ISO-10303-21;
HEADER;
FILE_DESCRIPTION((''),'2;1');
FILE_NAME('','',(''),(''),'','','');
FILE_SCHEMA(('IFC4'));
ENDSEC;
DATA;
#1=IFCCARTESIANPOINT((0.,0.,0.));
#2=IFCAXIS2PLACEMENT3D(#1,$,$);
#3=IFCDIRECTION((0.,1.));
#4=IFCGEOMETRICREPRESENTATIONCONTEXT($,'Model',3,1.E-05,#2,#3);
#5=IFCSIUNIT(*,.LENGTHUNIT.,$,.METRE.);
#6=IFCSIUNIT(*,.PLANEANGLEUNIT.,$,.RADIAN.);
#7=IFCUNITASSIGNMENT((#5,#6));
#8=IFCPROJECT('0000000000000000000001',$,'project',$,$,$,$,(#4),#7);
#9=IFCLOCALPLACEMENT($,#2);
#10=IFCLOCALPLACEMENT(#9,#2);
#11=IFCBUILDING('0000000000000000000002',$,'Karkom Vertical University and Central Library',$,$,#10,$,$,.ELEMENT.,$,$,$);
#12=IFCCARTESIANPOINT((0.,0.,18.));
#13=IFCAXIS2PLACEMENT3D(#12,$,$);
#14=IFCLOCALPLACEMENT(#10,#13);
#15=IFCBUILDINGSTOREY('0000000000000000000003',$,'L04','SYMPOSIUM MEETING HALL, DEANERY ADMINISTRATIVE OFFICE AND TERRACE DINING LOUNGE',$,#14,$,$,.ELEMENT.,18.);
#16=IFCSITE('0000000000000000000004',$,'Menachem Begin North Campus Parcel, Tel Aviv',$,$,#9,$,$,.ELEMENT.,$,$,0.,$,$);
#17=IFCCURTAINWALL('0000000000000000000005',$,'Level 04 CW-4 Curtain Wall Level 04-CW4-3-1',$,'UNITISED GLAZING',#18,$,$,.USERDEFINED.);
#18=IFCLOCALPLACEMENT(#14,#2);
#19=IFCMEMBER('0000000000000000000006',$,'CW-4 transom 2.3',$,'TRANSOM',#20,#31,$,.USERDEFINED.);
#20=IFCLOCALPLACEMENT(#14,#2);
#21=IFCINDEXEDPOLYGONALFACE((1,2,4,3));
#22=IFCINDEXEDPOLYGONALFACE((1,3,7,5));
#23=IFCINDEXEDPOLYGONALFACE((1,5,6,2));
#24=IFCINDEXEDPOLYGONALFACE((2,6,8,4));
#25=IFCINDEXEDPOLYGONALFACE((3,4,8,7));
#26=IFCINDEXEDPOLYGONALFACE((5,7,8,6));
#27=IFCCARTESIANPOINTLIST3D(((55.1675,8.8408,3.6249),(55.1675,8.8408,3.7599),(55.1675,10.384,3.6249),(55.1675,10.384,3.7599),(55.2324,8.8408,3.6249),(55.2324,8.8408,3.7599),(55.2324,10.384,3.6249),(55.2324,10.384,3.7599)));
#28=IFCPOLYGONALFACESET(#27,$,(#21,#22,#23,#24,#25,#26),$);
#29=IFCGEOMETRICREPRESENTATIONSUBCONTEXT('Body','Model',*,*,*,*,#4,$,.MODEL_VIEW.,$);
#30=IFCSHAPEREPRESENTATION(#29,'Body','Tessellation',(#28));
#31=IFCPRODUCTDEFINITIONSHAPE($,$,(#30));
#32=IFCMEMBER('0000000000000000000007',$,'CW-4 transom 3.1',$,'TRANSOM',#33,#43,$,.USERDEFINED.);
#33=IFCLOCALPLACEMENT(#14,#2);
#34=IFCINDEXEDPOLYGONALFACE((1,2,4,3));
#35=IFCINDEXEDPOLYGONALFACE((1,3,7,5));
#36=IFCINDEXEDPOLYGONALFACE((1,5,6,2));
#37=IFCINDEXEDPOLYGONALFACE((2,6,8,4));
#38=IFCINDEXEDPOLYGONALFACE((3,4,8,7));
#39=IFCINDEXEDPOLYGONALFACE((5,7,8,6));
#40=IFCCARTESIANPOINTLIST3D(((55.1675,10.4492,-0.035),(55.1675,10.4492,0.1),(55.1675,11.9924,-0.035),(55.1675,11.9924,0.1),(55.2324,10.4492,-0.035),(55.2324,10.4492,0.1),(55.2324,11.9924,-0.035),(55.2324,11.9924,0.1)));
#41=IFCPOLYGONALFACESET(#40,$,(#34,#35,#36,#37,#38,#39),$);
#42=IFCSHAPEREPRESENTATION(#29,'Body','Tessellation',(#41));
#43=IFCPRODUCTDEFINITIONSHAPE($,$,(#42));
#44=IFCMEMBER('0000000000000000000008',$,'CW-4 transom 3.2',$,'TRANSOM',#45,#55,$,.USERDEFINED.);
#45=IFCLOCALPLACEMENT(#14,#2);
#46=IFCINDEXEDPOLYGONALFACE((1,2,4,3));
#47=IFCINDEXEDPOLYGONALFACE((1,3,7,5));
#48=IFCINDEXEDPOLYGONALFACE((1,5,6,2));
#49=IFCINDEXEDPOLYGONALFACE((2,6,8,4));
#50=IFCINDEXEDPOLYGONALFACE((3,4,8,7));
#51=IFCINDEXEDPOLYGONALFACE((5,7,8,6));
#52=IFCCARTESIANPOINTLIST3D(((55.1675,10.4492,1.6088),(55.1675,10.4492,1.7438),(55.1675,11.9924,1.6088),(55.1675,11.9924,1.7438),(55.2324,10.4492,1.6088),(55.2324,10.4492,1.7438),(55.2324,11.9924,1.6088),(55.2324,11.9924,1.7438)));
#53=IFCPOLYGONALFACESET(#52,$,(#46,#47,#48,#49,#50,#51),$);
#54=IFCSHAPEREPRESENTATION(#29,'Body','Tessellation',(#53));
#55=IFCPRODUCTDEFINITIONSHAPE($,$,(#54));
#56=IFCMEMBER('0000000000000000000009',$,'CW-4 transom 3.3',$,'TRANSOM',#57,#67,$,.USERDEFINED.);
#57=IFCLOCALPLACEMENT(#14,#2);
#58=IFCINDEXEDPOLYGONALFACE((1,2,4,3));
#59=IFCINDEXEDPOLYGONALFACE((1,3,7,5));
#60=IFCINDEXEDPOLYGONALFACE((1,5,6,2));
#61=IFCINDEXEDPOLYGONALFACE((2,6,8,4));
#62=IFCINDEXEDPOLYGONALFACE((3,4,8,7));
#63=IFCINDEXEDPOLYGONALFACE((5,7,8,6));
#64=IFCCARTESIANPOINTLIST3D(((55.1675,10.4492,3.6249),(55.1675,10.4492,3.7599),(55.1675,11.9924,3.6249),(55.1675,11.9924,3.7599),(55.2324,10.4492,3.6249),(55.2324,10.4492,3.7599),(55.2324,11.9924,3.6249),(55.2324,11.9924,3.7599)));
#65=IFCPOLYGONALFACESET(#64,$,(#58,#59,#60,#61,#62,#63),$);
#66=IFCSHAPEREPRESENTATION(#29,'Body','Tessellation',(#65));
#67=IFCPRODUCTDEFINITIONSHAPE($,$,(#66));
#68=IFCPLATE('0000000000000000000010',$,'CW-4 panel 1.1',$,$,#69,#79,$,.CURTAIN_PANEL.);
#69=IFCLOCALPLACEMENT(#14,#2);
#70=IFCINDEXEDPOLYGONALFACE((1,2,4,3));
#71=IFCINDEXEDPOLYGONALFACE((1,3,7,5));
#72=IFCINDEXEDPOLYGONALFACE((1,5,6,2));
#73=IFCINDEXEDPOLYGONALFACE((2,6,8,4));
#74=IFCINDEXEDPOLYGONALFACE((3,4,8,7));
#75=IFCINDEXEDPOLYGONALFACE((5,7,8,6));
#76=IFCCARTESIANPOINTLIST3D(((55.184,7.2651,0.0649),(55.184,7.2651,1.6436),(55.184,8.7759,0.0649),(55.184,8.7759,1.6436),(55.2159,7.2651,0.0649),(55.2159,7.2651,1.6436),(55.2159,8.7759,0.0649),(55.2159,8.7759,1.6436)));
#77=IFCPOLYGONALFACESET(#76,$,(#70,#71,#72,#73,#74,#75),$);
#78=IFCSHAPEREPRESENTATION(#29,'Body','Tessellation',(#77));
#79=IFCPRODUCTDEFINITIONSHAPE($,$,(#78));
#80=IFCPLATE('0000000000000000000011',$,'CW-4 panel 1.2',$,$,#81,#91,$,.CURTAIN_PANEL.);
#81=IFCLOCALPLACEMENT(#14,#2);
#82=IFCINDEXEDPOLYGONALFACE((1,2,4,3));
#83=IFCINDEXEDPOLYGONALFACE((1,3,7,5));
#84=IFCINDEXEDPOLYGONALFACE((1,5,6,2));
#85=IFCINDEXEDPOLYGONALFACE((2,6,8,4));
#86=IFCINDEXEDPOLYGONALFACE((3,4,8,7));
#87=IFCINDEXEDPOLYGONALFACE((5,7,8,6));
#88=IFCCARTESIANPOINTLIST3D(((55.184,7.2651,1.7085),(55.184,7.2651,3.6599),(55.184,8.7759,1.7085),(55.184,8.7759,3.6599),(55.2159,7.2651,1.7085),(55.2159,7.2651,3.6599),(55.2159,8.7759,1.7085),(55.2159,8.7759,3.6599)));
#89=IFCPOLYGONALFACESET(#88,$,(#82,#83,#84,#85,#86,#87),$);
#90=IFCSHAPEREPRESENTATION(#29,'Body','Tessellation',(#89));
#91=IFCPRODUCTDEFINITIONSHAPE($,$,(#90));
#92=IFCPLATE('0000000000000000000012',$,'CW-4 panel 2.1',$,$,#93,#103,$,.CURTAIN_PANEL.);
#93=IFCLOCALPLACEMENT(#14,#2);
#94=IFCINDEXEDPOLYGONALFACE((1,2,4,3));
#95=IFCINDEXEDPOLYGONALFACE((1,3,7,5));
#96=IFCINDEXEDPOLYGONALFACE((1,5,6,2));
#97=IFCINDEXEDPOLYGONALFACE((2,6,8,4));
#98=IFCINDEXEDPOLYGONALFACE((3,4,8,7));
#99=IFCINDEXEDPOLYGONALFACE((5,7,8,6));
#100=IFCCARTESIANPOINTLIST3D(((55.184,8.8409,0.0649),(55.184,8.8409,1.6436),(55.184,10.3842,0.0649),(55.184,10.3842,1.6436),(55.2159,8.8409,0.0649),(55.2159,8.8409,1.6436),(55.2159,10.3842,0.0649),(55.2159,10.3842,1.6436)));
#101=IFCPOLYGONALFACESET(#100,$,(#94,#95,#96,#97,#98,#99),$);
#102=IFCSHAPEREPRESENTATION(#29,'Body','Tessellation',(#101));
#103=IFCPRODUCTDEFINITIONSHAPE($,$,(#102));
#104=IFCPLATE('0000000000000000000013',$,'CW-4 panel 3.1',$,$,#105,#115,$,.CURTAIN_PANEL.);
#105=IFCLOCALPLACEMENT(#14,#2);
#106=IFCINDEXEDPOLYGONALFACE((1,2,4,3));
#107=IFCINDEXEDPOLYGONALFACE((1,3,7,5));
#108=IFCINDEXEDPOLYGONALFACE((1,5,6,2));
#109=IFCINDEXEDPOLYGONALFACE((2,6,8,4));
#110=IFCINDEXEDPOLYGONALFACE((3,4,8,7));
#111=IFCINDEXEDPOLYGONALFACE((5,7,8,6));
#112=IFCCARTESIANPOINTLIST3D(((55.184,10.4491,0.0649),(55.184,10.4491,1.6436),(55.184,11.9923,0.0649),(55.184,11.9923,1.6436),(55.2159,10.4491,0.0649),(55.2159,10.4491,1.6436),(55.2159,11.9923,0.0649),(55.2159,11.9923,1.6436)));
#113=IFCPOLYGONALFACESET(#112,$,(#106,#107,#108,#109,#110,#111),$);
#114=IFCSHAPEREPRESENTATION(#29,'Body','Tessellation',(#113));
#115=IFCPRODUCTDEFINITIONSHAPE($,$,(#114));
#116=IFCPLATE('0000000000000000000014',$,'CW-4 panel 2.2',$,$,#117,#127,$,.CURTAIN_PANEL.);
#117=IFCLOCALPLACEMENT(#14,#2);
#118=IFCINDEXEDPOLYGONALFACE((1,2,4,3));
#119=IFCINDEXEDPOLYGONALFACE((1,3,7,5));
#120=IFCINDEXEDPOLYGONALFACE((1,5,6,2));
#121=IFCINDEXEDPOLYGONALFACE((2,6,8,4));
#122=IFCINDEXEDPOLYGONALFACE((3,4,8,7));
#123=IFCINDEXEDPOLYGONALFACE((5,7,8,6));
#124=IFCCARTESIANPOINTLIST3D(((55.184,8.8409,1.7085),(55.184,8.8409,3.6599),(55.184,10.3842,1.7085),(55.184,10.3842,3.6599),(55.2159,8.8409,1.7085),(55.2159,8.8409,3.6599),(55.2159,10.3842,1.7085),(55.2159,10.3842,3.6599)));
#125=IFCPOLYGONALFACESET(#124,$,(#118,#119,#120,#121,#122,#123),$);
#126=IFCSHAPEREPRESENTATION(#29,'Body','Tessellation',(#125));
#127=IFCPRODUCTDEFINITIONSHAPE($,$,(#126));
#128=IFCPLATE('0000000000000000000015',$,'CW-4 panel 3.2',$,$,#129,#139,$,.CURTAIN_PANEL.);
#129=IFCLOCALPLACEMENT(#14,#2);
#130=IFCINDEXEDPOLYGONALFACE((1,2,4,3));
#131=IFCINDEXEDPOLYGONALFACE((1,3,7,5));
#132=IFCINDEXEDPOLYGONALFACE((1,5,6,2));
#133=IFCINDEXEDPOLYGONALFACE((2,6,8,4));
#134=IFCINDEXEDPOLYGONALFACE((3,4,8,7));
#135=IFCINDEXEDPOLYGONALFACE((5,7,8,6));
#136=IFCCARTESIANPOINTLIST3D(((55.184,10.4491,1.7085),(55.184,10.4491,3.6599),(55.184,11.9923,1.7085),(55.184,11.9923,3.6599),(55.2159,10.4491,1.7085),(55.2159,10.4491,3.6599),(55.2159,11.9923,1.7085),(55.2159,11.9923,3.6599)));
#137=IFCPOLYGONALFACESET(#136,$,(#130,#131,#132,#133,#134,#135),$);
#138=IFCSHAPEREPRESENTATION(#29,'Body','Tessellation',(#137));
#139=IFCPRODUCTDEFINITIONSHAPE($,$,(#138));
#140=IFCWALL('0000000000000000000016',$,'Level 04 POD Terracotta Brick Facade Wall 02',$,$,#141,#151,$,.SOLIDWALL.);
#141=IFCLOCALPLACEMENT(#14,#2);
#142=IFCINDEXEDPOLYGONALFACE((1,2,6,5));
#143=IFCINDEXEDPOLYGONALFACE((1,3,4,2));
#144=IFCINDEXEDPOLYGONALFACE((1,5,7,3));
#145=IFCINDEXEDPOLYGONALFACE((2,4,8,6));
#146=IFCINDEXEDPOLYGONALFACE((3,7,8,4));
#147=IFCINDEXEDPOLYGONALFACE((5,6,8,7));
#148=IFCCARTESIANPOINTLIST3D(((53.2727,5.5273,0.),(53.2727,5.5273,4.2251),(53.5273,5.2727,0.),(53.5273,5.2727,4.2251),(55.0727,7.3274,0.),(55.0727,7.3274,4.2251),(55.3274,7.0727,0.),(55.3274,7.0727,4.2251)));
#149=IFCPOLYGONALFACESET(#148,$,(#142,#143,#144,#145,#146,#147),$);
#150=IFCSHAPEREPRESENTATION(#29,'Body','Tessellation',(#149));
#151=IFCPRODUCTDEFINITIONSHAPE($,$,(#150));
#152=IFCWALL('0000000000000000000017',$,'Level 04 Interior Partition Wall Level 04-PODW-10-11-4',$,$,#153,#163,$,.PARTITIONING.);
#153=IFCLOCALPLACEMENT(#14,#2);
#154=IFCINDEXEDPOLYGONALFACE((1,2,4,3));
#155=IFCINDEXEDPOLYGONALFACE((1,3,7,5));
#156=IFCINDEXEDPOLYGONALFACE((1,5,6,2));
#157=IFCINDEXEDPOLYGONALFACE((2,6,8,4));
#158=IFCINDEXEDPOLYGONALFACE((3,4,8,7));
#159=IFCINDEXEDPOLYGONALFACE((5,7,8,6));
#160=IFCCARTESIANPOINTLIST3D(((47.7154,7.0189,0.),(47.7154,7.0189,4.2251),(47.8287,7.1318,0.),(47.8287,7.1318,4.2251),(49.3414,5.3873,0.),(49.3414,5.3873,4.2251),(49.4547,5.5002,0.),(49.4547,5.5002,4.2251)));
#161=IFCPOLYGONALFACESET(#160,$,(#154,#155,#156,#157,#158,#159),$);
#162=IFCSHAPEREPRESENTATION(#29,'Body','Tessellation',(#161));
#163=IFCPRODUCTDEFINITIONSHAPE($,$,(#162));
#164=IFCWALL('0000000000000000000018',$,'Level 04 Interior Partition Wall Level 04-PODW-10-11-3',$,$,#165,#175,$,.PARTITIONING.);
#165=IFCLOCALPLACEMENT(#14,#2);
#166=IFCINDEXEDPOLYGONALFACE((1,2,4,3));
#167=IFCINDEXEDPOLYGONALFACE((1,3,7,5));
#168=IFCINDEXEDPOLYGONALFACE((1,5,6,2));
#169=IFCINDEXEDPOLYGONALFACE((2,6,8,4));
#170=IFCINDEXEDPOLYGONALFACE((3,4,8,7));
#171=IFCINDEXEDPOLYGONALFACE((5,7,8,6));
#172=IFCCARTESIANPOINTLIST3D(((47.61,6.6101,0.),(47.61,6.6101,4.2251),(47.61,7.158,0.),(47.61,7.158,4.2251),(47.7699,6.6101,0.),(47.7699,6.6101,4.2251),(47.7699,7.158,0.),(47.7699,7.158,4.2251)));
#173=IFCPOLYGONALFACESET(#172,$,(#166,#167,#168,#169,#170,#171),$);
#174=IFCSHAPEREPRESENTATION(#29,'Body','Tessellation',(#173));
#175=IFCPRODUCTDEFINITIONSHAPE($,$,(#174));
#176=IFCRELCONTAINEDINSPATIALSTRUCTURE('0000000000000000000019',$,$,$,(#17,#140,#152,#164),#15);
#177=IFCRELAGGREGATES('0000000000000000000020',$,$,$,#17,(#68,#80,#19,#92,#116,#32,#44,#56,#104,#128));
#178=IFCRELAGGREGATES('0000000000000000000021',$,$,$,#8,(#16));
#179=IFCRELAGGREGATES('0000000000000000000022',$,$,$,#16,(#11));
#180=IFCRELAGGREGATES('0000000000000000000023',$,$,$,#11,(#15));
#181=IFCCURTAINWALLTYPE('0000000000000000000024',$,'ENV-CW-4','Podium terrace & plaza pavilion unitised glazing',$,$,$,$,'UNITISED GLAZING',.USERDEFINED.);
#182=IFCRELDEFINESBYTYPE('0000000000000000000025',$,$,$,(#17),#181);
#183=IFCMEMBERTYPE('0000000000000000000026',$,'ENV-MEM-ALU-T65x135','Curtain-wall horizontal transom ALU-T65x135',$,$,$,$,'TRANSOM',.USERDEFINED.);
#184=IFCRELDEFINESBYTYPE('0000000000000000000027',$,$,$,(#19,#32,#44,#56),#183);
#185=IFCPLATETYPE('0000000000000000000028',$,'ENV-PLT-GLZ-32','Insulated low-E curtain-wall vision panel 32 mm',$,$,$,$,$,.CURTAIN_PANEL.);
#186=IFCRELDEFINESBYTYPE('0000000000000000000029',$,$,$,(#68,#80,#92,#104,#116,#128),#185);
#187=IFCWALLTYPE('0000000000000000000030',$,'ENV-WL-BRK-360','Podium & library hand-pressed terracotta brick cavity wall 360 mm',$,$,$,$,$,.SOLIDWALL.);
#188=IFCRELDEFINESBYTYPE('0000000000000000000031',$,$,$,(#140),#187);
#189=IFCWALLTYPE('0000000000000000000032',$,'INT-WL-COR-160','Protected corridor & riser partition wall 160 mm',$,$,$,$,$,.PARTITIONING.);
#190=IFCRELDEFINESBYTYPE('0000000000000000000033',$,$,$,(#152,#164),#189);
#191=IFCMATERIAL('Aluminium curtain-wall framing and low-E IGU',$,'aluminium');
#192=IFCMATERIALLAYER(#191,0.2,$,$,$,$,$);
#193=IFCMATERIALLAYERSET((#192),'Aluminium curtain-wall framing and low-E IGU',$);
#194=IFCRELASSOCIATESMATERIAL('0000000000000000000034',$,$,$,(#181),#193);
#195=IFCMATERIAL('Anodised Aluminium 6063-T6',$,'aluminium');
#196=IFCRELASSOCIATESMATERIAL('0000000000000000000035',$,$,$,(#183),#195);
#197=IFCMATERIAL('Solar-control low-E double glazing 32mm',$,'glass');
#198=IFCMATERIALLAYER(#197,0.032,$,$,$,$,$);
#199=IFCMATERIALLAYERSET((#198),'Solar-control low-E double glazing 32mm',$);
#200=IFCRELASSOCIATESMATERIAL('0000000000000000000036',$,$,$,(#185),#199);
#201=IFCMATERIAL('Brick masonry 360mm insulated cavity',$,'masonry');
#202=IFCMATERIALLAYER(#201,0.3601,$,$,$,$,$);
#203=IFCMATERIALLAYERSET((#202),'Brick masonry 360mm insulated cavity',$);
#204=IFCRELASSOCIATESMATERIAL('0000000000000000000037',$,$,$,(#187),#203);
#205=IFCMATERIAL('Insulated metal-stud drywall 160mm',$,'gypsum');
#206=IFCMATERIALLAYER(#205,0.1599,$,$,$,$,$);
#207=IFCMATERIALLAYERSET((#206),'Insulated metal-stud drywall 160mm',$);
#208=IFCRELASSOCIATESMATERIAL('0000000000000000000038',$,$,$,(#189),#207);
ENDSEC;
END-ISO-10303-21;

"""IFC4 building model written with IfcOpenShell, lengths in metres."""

from ifc_helpers import new_model, si_unit, direction, frame, frame_2d, origin, origin_with_axes, origin_2d, place, context, subcontext, project, spatial, rectangle, extrude, source, transform, mapped, material, layer, layer_set, material_profile, profile_set, type_object, element, aggregate, save


model = new_model("IFC4")

# Units and contexts
model_context = context("Model", 3, precision=1e-05, world=origin(), true_north=direction((0.0, 1.0)))
body_context = subcontext(model_context, "Body", "Model", "MODEL_VIEW")
ifc_project = project(units=[si_unit("LENGTHUNIT", "METRE"), si_unit("PLANEANGLEUNIT", "RADIAN")], contexts=[model_context])

# Site, building, storey
site_placement = place(None, origin())
site = spatial("IfcSite", under=ifc_project, at=site_placement, Name="Menachem Begin North Campus Parcel, Tel Aviv", CompositionType="ELEMENT", RefElevation=0.0)
building_placement = place(site_placement, origin())
building = spatial("IfcBuilding", under=site, at=building_placement, Name="Karkom Vertical University and Central Library", CompositionType="ELEMENT")
storey_placement = place(building_placement, frame((0.0, 0.0, 18.0)))
storey = spatial("IfcBuildingStorey", under=building, at=storey_placement, Name="L04", Description="SYMPOSIUM MEETING HALL, DEANERY ADMINISTRATIVE OFFICE AND TERRACE DINING LOUNGE", CompositionType="ELEMENT", Elevation=18.0)

# Curtain wall, members, plates
ifc_material_1 = material(Name="Aluminium curtain-wall framing and low-E IGU", Category="aluminium")
ifc_layer_1 = layer(ifc_material_1, 0.2)
ifc_layer_set_1 = layer_set([ifc_layer_1], Name="Aluminium curtain-wall framing and low-E IGU")
curtain_wall_type = type_object("IfcCurtainWallType", Name="ENV-CW-4", Description="Podium terrace & plaza pavilion unitised glazing", ElementType="UNITISED GLAZING", PredefinedType="USERDEFINED", material=ifc_layer_set_1)
curtain_wall_placement = place(storey_placement, origin())
curtain_wall = element("IfcCurtainWall", 1, at=curtain_wall_placement, inside=storey, type_object=curtain_wall_type, Name="Level 04 CW-4 Curtain Wall Level 04-CW4-3-1", ObjectType="UNITISED GLAZING", PredefinedType="USERDEFINED")
ifc_material_2 = material(Name="Anodised Aluminium 6063-T6", Category="aluminium")
ifc_material_profile_1 = material_profile(ifc_material_2, rectangle(XDim=0.0649, YDim=0.135, at=origin_2d()), Name="ALU-T65x135")
ifc_profile_set_1 = profile_set([ifc_material_profile_1], Name="Anodised Aluminium 6063-T6")
member_type_1 = type_object("IfcMemberType", Name="ENV-MEM-ALU-T65x135", Description="Curtain-wall horizontal transom ALU-T65x135", ElementType="TRANSOM", PredefinedType="USERDEFINED", material=ifc_profile_set_1)
shared_shape_1 = source(origin_with_axes(), body_context, "Body", "SweptSolid", [
    extrude(rectangle(XDim=0.0649, YDim=0.135, at=origin_2d()), origin(), (0.0, 0.0, 1.0), 1.5432),
])
member_1_placement = place(storey_placement, frame((55.2, 8.8408, 3.6924), z_axis=(0.0, 1.0, 0.0), x_axis=(-1.0, 0.0, 0.0)))
member_1 = element("IfcMember", 2, at=member_1_placement, type_object=member_type_1, Name="CW-4 transom 2.3", ObjectType="TRANSOM", PredefinedType="USERDEFINED", context=body_context, shape_type="MappedRepresentation", body=[
    mapped(shared_shape_1, transform((0.0, 0.0, 0.0), scale=1.0)),
])
member_2_placement = place(storey_placement, frame((55.2, 10.4492, 0.0325), z_axis=(0.0, 1.0, 0.0), x_axis=(-1.0, 0.0, 0.0)))
member_2 = element("IfcMember", 3, at=member_2_placement, type_object=member_type_1, Name="CW-4 transom 3.1", ObjectType="TRANSOM", PredefinedType="USERDEFINED", context=body_context, shape_type="MappedRepresentation", body=[
    mapped(shared_shape_1, transform((0.0, 0.0, 0.0), scale=1.0)),
])
member_3_placement = place(storey_placement, frame((55.2, 10.4492, 1.6763), z_axis=(0.0, 1.0, 0.0), x_axis=(-1.0, 0.0, 0.0)))
member_3 = element("IfcMember", 4, at=member_3_placement, type_object=member_type_1, Name="CW-4 transom 3.2", ObjectType="TRANSOM", PredefinedType="USERDEFINED", context=body_context, shape_type="MappedRepresentation", body=[
    mapped(shared_shape_1, transform((0.0, 0.0, 0.0), scale=1.0)),
])
member_4_placement = place(storey_placement, frame((55.2, 10.4492, 3.6924), z_axis=(0.0, 1.0, 0.0), x_axis=(-1.0, 0.0, 0.0)))
member_4 = element("IfcMember", 5, at=member_4_placement, type_object=member_type_1, Name="CW-4 transom 3.3", ObjectType="TRANSOM", PredefinedType="USERDEFINED", context=body_context, shape_type="MappedRepresentation", body=[
    mapped(shared_shape_1, transform((0.0, 0.0, 0.0), scale=1.0)),
])
ifc_material_3 = material(Name="Solar-control low-E double glazing 32mm", Category="glass")
ifc_layer_2 = layer(ifc_material_3, 0.032)
ifc_layer_set_2 = layer_set([ifc_layer_2], Name="Solar-control low-E double glazing 32mm")
plate_type = type_object("IfcPlateType", Name="ENV-PLT-GLZ-32", Description="Insulated low-E curtain-wall vision panel 32 mm", PredefinedType="CURTAIN_PANEL", material=ifc_layer_set_2)
shared_shape_2 = source(origin_with_axes(), body_context, "Body", "SweptSolid", [
    extrude(rectangle(XDim=1.5107, YDim=0.032, at=origin_2d()), origin(), (0.0, 0.0, 1.0), 1.5786),
])
plate_1_placement = place(storey_placement, frame((55.2, 8.0205, 0.0649), z_axis=(0.0, 0.0, 1.0), x_axis=(0.0, 1.0, 0.0)))
plate_1 = element("IfcPlate", 6, at=plate_1_placement, type_object=plate_type, Name="CW-4 panel 1.1", PredefinedType="CURTAIN_PANEL", context=body_context, shape_type="MappedRepresentation", body=[
    mapped(shared_shape_2, transform((0.0, 0.0, 0.0), scale=1.0)),
])
shared_shape_3 = source(origin_with_axes(), body_context, "Body", "SweptSolid", [
    extrude(rectangle(XDim=1.5107, YDim=0.032, at=origin_2d()), origin(), (0.0, 0.0, 1.0), 1.9514),
])
plate_2_placement = place(storey_placement, frame((55.2, 8.0205, 1.7085), z_axis=(0.0, 0.0, 1.0), x_axis=(0.0, 1.0, 0.0)))
plate_2 = element("IfcPlate", 7, at=plate_2_placement, type_object=plate_type, Name="CW-4 panel 1.2", PredefinedType="CURTAIN_PANEL", context=body_context, shape_type="MappedRepresentation", body=[
    mapped(shared_shape_3, transform((0.0, 0.0, 0.0), scale=1.0)),
])
shared_shape_4 = source(origin_with_axes(), body_context, "Body", "SweptSolid", [
    extrude(rectangle(XDim=1.5432, YDim=0.032, at=origin_2d()), origin(), (0.0, 0.0, 1.0), 1.5786),
])
plate_3_placement = place(storey_placement, frame((55.2, 9.6125, 0.0649), z_axis=(0.0, 0.0, 1.0), x_axis=(0.0, 1.0, 0.0)))
plate_3 = element("IfcPlate", 8, at=plate_3_placement, type_object=plate_type, Name="CW-4 panel 2.1", PredefinedType="CURTAIN_PANEL", context=body_context, shape_type="MappedRepresentation", body=[
    mapped(shared_shape_4, transform((0.0, 0.0, 0.0), scale=1.0)),
])
plate_4_placement = place(storey_placement, frame((55.2, 11.2207, 0.0649), z_axis=(0.0, 0.0, 1.0), x_axis=(0.0, 1.0, 0.0)))
plate_4 = element("IfcPlate", 9, at=plate_4_placement, type_object=plate_type, Name="CW-4 panel 3.1", PredefinedType="CURTAIN_PANEL", context=body_context, shape_type="MappedRepresentation", body=[
    mapped(shared_shape_4, transform((0.0, 0.0, 0.0), scale=1.0)),
])
shared_shape_5 = source(origin_with_axes(), body_context, "Body", "SweptSolid", [
    extrude(rectangle(XDim=1.5432, YDim=0.032, at=origin_2d()), origin(), (0.0, 0.0, 1.0), 1.9514),
])
plate_5_placement = place(storey_placement, frame((55.2, 9.6125, 1.7085), z_axis=(0.0, 0.0, 1.0), x_axis=(0.0, 1.0, 0.0)))
plate_5 = element("IfcPlate", 10, at=plate_5_placement, type_object=plate_type, Name="CW-4 panel 2.2", PredefinedType="CURTAIN_PANEL", context=body_context, shape_type="MappedRepresentation", body=[
    mapped(shared_shape_5, transform((0.0, 0.0, 0.0), scale=1.0)),
])
plate_6_placement = place(storey_placement, frame((55.2, 11.2207, 1.7085), z_axis=(0.0, 0.0, 1.0), x_axis=(0.0, 1.0, 0.0)))
plate_6 = element("IfcPlate", 11, at=plate_6_placement, type_object=plate_type, Name="CW-4 panel 3.2", PredefinedType="CURTAIN_PANEL", context=body_context, shape_type="MappedRepresentation", body=[
    mapped(shared_shape_5, transform((0.0, 0.0, 0.0), scale=1.0)),
])
aggregate(curtain_wall, [plate_1, plate_2, member_1, plate_3, plate_5, member_2, member_3, member_4, plate_4, plate_6])

# Walls
ifc_material_4 = material(Name="Brick masonry 360mm insulated cavity", Category="masonry")
ifc_layer_3 = layer(ifc_material_4, 0.3601)
ifc_layer_set_3 = layer_set([ifc_layer_3], Name="Brick masonry 360mm insulated cavity")
wall_type_1 = type_object("IfcWallType", Name="ENV-WL-BRK-360", Description="Podium & library hand-pressed terracotta brick cavity wall 360 mm", PredefinedType="SOLIDWALL", material=ifc_layer_set_3)
wall_1_placement = place(storey_placement, frame((53.3999, 5.3999, 0.0), z_axis=(0.0, 0.0, 1.0), x_axis=(0.707107, 0.707107, 0.0)))
element("IfcWall", 12, at=wall_1_placement, inside=storey, type_object=wall_type_1, Name="Level 04 POD Terracotta Brick Facade Wall 02", PredefinedType="SOLIDWALL", context=body_context, shape_type="SweptSolid", body=[
    extrude(rectangle(XDim=2.5457, YDim=0.3601, at=frame_2d((1.2729, 0.0))), origin(), (0.0, 0.0, 1.0), 4.2251),
])
ifc_material_5 = material(Name="Insulated metal-stud drywall 160mm", Category="gypsum")
ifc_layer_4 = layer(ifc_material_5, 0.1599)
ifc_layer_set_4 = layer_set([ifc_layer_4], Name="Insulated metal-stud drywall 160mm")
wall_type_2 = type_object("IfcWallType", Name="INT-WL-COR-160", Description="Protected corridor & riser partition wall 160 mm", PredefinedType="PARTITIONING", material=ifc_layer_set_4)
wall_2_placement = place(storey_placement, frame((47.772, 7.0754, 0.0), z_axis=(0.0, 0.0, 1.0), x_axis=(0.705887, -0.708325, 0.0)))
element("IfcWall", 13, at=wall_2_placement, inside=storey, type_object=wall_type_2, Name="Level 04 Interior Partition Wall Level 04-PODW-10-11-4", PredefinedType="PARTITIONING", context=body_context, shape_type="SweptSolid", body=[
    extrude(rectangle(XDim=2.3035, YDim=0.1599, at=frame_2d((1.1519, 0.0))), origin(), (0.0, 0.0, 1.0), 4.2251),
])
wall_3_placement = place(storey_placement, frame((47.6899, 6.6101, 0.0), z_axis=(0.0, 0.0, 1.0), x_axis=(0.0, 1.0, 0.0)))
element("IfcWall", 14, at=wall_3_placement, inside=storey, type_object=wall_type_2, Name="Level 04 Interior Partition Wall Level 04-PODW-10-11-3", PredefinedType="PARTITIONING", context=body_context, shape_type="SweptSolid", body=[
    extrude(rectangle(XDim=0.5479, YDim=0.1599, at=frame_2d((0.2739, 0.0))), origin(), (0.0, 0.0, 1.0), 4.2251),
])

save(model, "model.ifc")
